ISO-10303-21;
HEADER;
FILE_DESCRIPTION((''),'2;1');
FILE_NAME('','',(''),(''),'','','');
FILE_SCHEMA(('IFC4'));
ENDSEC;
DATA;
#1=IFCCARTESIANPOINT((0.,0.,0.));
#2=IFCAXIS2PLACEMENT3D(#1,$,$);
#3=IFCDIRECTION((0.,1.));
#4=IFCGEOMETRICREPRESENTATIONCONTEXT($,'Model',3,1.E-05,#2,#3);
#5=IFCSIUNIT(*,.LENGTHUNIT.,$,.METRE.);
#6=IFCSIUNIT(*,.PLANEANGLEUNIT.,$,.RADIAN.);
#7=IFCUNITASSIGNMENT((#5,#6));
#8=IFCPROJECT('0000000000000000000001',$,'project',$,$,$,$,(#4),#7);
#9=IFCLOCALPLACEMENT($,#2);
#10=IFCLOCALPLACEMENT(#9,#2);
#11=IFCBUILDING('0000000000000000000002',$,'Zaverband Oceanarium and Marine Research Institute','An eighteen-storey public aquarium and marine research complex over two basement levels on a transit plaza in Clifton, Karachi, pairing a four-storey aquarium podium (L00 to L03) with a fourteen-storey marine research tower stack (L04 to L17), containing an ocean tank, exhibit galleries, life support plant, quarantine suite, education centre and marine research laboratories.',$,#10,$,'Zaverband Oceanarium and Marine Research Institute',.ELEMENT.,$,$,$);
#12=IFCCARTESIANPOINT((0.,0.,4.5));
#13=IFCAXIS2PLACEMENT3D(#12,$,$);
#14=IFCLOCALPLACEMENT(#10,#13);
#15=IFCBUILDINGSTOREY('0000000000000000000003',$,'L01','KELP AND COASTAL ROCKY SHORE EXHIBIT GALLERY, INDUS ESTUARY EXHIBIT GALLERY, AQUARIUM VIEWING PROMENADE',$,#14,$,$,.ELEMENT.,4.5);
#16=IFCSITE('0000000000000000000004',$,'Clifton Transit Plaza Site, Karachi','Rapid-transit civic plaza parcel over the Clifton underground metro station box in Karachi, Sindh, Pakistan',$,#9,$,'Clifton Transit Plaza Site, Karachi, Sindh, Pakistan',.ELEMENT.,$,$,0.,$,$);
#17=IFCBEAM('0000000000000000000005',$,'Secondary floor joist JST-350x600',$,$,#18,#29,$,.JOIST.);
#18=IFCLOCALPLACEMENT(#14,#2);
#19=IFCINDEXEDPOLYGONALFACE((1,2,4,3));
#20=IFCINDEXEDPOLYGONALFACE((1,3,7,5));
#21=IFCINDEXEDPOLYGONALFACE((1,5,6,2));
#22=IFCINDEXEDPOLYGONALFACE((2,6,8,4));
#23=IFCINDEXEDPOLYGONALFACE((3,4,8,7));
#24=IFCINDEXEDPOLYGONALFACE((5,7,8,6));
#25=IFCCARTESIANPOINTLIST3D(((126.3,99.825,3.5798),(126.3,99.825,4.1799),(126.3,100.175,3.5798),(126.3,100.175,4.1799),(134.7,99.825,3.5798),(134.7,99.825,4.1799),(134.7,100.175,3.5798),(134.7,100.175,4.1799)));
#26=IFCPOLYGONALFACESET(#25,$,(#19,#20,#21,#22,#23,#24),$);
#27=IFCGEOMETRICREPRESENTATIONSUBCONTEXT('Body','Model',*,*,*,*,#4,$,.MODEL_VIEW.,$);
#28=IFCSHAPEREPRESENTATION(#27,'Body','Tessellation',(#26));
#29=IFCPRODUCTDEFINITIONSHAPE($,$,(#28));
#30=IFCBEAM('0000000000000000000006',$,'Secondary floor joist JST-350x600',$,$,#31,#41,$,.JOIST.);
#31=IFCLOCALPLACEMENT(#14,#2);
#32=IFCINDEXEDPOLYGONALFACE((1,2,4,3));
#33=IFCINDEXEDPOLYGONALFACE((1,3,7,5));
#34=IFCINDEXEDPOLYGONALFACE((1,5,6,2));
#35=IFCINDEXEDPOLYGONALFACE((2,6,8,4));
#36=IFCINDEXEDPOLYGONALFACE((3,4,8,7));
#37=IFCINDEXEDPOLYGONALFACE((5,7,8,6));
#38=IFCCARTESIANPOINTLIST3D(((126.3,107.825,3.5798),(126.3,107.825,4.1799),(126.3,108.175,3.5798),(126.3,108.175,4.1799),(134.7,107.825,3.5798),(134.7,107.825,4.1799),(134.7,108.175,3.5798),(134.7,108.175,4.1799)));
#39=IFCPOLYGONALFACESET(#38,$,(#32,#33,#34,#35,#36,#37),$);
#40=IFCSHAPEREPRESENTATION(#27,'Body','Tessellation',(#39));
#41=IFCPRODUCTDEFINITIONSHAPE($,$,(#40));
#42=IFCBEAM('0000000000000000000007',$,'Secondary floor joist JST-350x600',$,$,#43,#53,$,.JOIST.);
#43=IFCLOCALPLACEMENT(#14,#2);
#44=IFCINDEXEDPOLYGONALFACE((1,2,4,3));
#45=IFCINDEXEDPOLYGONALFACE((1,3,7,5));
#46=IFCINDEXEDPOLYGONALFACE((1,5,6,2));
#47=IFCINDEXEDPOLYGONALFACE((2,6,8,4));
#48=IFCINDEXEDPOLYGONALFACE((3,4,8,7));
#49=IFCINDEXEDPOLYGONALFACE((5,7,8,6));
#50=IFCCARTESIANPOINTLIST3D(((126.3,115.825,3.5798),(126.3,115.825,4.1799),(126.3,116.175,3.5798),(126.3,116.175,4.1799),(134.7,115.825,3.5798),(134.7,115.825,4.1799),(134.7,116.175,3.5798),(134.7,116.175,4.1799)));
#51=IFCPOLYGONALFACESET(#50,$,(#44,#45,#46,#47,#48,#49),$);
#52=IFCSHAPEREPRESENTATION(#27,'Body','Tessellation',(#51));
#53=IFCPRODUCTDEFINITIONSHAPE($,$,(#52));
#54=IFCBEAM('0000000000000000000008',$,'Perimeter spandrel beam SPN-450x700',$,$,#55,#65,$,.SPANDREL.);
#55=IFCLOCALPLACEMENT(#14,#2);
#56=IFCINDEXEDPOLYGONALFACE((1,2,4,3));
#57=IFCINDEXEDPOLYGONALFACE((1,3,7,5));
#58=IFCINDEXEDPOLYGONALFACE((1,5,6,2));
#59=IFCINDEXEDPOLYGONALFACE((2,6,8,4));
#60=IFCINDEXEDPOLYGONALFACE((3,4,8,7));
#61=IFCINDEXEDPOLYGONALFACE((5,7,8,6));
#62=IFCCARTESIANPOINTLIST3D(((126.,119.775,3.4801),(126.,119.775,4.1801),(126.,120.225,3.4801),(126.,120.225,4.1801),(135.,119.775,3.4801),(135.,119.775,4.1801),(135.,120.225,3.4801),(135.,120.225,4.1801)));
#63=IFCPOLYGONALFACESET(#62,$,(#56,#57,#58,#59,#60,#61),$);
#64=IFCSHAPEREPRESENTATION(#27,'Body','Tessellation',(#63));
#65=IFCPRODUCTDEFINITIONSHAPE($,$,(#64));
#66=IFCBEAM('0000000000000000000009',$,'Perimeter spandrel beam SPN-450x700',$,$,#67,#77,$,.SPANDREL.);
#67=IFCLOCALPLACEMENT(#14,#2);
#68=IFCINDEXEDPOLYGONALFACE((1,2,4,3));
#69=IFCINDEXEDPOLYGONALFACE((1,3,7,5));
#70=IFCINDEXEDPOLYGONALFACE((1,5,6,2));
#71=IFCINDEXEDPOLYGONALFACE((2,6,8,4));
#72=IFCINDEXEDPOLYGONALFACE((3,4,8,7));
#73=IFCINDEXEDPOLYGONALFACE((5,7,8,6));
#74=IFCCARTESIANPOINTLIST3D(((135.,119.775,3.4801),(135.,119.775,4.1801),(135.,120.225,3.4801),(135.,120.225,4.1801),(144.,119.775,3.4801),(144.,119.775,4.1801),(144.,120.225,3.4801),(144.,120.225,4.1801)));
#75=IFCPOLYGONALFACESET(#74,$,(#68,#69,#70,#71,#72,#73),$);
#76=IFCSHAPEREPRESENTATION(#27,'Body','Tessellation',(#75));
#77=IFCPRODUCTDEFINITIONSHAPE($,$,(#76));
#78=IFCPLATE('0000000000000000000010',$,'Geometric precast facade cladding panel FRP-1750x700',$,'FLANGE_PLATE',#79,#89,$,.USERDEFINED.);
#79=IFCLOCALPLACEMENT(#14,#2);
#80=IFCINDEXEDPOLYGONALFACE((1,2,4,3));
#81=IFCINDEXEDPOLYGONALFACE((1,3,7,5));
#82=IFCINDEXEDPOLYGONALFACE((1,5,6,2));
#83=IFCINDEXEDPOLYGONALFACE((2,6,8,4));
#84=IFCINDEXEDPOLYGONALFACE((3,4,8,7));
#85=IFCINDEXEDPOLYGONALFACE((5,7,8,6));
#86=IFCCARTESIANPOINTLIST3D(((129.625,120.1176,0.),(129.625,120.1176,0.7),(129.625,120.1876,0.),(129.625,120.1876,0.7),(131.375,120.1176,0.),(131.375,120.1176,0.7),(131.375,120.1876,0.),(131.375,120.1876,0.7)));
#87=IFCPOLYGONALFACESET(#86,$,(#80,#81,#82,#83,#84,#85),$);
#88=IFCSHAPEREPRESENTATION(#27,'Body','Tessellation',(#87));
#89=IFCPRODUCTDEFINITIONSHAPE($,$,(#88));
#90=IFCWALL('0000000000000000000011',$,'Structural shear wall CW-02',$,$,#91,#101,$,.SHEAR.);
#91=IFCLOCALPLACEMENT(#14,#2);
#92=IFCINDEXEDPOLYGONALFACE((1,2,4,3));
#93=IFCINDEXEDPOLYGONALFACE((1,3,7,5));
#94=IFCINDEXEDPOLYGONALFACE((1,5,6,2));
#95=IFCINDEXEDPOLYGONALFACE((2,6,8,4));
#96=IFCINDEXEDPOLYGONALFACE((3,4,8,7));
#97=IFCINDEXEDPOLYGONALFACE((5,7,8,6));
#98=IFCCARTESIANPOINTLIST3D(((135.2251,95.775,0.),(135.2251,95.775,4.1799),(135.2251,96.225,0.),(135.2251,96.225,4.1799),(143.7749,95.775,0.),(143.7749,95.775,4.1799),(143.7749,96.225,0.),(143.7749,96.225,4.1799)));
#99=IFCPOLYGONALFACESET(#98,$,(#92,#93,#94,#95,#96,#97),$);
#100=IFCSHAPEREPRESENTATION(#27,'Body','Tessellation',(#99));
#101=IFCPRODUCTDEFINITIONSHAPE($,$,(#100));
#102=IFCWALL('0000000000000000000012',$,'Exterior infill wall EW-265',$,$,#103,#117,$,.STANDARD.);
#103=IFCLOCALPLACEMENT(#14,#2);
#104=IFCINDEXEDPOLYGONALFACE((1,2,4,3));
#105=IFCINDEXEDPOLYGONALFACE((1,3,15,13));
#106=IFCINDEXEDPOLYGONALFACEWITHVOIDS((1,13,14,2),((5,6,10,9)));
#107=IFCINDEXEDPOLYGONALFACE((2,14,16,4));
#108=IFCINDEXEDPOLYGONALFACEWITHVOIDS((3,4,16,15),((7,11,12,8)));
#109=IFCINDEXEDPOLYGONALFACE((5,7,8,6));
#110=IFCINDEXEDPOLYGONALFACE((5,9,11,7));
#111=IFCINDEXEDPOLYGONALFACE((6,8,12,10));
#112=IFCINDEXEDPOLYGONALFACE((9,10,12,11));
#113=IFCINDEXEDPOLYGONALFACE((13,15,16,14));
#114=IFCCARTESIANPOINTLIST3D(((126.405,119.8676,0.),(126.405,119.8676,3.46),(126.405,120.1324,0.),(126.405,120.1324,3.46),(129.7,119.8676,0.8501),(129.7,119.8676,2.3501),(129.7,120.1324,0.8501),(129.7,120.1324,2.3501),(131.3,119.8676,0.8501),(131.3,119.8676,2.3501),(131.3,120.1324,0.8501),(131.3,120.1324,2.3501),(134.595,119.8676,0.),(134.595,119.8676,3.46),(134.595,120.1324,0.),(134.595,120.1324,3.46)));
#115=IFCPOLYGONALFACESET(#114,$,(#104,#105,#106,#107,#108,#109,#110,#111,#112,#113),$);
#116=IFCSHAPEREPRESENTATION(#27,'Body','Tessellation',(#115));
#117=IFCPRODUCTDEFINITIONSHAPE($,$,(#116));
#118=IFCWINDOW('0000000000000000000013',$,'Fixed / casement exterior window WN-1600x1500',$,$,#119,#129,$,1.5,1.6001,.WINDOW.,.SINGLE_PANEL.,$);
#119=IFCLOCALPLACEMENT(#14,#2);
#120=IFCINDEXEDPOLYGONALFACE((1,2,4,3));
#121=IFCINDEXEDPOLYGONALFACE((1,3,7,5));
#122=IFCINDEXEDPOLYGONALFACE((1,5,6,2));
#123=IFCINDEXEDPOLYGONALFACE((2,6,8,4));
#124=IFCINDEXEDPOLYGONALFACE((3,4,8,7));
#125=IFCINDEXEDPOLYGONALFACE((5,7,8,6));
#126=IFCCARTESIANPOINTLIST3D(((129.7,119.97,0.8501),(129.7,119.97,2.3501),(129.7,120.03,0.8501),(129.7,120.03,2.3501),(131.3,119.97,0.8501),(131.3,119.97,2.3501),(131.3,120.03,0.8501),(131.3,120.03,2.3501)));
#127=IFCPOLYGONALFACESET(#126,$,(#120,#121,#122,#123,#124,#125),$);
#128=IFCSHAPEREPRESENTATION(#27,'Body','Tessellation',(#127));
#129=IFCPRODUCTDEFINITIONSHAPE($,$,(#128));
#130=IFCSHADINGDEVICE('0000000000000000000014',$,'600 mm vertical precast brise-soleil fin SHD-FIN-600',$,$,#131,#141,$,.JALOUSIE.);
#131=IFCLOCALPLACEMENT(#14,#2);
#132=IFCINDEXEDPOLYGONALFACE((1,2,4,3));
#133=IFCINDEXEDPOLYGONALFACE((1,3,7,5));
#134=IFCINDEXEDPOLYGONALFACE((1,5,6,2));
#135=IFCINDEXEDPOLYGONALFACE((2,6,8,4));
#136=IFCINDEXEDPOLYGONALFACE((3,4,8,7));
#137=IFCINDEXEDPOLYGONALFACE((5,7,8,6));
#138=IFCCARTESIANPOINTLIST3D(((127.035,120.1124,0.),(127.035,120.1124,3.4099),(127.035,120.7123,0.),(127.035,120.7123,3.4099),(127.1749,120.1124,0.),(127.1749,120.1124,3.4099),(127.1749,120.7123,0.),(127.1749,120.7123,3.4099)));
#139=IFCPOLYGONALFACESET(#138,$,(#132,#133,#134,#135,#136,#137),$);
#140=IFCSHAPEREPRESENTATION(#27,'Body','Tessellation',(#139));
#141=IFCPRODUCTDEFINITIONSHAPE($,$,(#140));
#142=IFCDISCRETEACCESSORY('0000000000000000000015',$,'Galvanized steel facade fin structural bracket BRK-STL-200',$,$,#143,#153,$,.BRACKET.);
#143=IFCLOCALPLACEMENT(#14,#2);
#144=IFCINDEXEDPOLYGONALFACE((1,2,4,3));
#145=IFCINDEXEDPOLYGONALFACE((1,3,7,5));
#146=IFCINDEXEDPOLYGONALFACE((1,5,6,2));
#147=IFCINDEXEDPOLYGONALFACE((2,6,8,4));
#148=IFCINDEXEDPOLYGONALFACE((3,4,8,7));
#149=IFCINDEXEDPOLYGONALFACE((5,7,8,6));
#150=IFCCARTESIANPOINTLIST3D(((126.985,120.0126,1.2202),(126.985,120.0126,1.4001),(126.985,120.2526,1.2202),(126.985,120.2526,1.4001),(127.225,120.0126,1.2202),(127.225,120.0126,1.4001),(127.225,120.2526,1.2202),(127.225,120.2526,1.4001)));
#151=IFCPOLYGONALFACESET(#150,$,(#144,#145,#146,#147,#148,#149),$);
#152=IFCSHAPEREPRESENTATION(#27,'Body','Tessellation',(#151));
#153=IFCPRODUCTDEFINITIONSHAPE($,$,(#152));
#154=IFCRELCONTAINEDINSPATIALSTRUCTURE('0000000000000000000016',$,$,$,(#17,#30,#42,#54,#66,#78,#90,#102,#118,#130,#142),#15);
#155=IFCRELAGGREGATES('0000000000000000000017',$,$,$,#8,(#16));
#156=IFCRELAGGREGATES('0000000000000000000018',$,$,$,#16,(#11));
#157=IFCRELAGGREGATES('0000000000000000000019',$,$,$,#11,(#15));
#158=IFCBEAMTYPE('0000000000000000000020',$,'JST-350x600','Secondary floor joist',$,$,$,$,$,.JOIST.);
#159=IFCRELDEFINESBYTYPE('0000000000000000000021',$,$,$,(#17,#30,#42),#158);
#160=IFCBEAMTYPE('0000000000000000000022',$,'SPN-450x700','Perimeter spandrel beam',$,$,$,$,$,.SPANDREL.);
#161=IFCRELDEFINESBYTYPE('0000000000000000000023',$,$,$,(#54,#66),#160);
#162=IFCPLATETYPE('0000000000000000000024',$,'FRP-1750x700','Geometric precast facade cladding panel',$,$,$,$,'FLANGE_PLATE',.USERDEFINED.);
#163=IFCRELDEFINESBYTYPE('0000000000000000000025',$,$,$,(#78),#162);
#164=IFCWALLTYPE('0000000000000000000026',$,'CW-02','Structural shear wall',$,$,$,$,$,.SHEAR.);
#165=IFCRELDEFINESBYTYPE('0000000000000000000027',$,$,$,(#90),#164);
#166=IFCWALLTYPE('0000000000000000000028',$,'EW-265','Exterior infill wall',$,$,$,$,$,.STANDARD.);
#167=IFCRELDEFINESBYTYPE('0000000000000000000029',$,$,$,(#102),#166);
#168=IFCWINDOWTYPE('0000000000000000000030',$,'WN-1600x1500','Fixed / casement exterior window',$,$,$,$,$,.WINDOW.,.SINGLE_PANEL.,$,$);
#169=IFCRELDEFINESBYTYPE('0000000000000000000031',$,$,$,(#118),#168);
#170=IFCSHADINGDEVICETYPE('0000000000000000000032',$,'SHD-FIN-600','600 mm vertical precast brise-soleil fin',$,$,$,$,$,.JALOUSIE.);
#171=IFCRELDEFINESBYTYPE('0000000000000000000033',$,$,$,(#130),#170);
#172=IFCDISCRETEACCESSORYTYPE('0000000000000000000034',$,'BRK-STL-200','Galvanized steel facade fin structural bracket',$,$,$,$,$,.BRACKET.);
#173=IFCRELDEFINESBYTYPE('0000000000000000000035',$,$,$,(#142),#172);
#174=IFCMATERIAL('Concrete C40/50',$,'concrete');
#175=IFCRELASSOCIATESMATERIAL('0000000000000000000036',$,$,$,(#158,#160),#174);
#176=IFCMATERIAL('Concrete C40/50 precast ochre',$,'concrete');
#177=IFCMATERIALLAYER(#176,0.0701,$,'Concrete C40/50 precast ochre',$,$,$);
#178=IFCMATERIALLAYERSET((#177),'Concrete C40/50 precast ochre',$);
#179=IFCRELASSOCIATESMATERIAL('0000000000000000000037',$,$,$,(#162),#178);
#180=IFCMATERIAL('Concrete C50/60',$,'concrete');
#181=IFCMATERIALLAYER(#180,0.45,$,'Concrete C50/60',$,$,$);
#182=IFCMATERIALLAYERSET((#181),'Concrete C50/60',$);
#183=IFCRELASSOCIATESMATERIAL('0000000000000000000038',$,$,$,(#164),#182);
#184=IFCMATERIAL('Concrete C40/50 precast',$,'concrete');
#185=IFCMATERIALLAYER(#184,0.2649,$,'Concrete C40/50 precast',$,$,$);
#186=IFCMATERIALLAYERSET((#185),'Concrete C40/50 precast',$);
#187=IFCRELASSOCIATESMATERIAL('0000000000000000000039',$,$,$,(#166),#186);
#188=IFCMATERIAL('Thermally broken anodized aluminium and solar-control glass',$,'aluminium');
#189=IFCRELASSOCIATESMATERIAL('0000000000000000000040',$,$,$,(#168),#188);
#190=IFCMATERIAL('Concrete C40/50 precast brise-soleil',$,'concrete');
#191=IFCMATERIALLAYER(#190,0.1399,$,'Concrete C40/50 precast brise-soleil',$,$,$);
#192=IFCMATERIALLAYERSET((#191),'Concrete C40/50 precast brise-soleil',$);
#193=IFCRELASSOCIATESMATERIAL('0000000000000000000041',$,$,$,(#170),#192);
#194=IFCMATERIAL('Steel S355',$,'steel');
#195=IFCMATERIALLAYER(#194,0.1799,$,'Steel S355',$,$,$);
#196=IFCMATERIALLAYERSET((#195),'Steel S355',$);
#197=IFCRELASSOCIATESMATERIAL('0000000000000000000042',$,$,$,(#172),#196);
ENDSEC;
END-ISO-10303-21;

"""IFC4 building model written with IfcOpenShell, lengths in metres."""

from ifc_helpers import new_model, si_unit, direction, frame, frame_2d, origin, origin_2d, place, context, subcontext, project, spatial, rectangle, extrude, material, layer, layer_set, material_profile, profile_set, type_object, element, fill, save


model = new_model("IFC4")

# Units and contexts
model_context = context("Model", 3, precision=1e-05, world=origin(), true_north=direction((0.0, 1.0)))
body_context = subcontext(model_context, "Body", "Model", "MODEL_VIEW")
ifc_project = project(units=[si_unit("LENGTHUNIT", "METRE"), si_unit("PLANEANGLEUNIT", "RADIAN")], contexts=[model_context])

# Site, building, storey
site_placement = place(None, origin())
site = spatial("IfcSite", under=ifc_project, at=site_placement, Name="Clifton Transit Plaza Site, Karachi", Description="Rapid-transit civic plaza parcel over the Clifton underground metro station box in Karachi, Sindh, Pakistan", LongName="Clifton Transit Plaza Site, Karachi, Sindh, Pakistan", CompositionType="ELEMENT", RefElevation=0.0)
building_placement = place(site_placement, origin())
building = spatial("IfcBuilding", under=site, at=building_placement, Name="Zaverband Oceanarium and Marine Research Institute", Description="An eighteen-storey public aquarium and marine research complex over two basement levels on a transit plaza in Clifton, Karachi, pairing a four-storey aquarium podium (L00 to L03) with a fourteen-storey marine research tower stack (L04 to L17), containing an ocean tank, exhibit galleries, life support plant, quarantine suite, education centre and marine research laboratories.", LongName="Zaverband Oceanarium and Marine Research Institute", CompositionType="ELEMENT")
storey_placement = place(building_placement, frame((0.0, 0.0, 4.5)))
storey = spatial("IfcBuildingStorey", under=building, at=storey_placement, Name="L01", Description="KELP AND COASTAL ROCKY SHORE EXHIBIT GALLERY, INDUS ESTUARY EXHIBIT GALLERY, AQUARIUM VIEWING PROMENADE", CompositionType="ELEMENT", Elevation=4.5)

# Shared definitions
ifc_material_1 = material(Name="Concrete C50/60", Category="concrete")

# Beams
ifc_material_2 = material(Name="Concrete C40/50", Category="concrete")
ifc_material_profile_1 = material_profile(ifc_material_2, rectangle(XDim=0.3501, YDim=0.6001, at=origin_2d()), Name="RC350x600")
ifc_profile_set_1 = profile_set([ifc_material_profile_1], Name="Concrete C40/50")
beam_type_1 = type_object("IfcBeamType", Name="JST-350x600", Description="Secondary floor joist", PredefinedType="JOIST", material=ifc_profile_set_1)
for number, where, z_axis, x_axis, name in (
    (1, (126.3, 100.0, 3.8799), (1.0, 0.0, 0.0), (0.0, 1.0, 0.0), "Secondary floor joist JST-350x600"),
    (2, (126.3, 108.0, 3.8799), (1.0, 0.0, 0.0), (0.0, 1.0, 0.0), "Secondary floor joist JST-350x600"),
    (3, (126.3, 116.0, 3.8799), (1.0, 0.0, 0.0), (0.0, 1.0, 0.0), "Secondary floor joist JST-350x600"),
):
    element("IfcBeam", number, at=place(storey_placement, frame(where, z_axis=z_axis, x_axis=x_axis)), inside=storey, type_object=beam_type_1, Name=name, PredefinedType="JOIST", context=body_context, shape_type="SweptSolid", body=[
        extrude(rectangle(XDim=0.3501, YDim=0.6001, at=origin_2d()), origin(), (0.0, 0.0, 1.0), 8.3999),
    ])
ifc_material_profile_2 = material_profile(ifc_material_2, rectangle(XDim=0.45, YDim=0.7, at=origin_2d()), Name="RC450x700")
ifc_profile_set_2 = profile_set([ifc_material_profile_2], Name="Concrete C40/50")
beam_type_2 = type_object("IfcBeamType", Name="SPN-450x700", Description="Perimeter spandrel beam", PredefinedType="SPANDREL", material=ifc_profile_set_2)
for number, where, z_axis, x_axis, name in (
    (4, (126.0, 120.0, 3.8301), (1.0, 0.0, 0.0), (0.0, 1.0, 0.0), "Perimeter spandrel beam SPN-450x700"),
    (5, (135.0, 120.0, 3.8301), (1.0, 0.0, 0.0), (0.0, 1.0, 0.0), "Perimeter spandrel beam SPN-450x700"),
):
    element("IfcBeam", number, at=place(storey_placement, frame(where, z_axis=z_axis, x_axis=x_axis)), inside=storey, type_object=beam_type_2, Name=name, PredefinedType="SPANDREL", context=body_context, shape_type="SweptSolid", body=[
        extrude(rectangle(XDim=0.45, YDim=0.7, at=origin_2d()), origin(), (0.0, 0.0, 1.0), 9.0),
    ])

# Plate
ifc_material_3 = material(Name="Concrete C40/50 precast ochre", Category="concrete")
ifc_layer_1 = layer(ifc_material_3, 0.0701, Name="Concrete C40/50 precast ochre")
ifc_layer_set_1 = layer_set([ifc_layer_1], Name="Concrete C40/50 precast ochre")
plate_type = type_object("IfcPlateType", Name="FRP-1750x700", Description="Geometric precast facade cladding panel", ElementType="FLANGE_PLATE", PredefinedType="USERDEFINED", material=ifc_layer_set_1)
plate_placement = place(storey_placement, frame((129.625, 120.1526, 0.0), z_axis=(0.0, 0.0, 1.0), x_axis=(1.0, 0.0, 0.0)))
element("IfcPlate", 6, at=plate_placement, inside=storey, type_object=plate_type, Name="Geometric precast facade cladding panel FRP-1750x700", ObjectType="FLANGE_PLATE", PredefinedType="USERDEFINED", context=body_context, shape_type="SweptSolid", body=[
    extrude(rectangle(XDim=1.75, YDim=0.0701, at=frame_2d((0.875, 0.0))), origin(), (0.0, 0.0, 1.0), 0.7),
])

# Wall
ifc_layer_2 = layer(ifc_material_1, 0.45, Name="Concrete C50/60")
ifc_layer_set_2 = layer_set([ifc_layer_2], Name="Concrete C50/60")
wall_type_1 = type_object("IfcWallType", Name="CW-02", Description="Structural shear wall", PredefinedType="SHEAR", material=ifc_layer_set_2)
wall_1_placement = place(storey_placement, frame((135.2251, 96.0, 0.0), z_axis=(0.0, 0.0, 1.0), x_axis=(1.0, 0.0, 0.0)))
element("IfcWall", 7, at=wall_1_placement, inside=storey, type_object=wall_type_1, Name="Structural shear wall CW-02", PredefinedType="SHEAR", context=body_context, shape_type="SweptSolid", body=[
    extrude(rectangle(XDim=8.5498, YDim=0.45, at=frame_2d((4.2749, 0.0))), origin(), (0.0, 0.0, 1.0), 4.1799),
])

# Wall, opening, window
ifc_material_4 = material(Name="Concrete C40/50 precast", Category="concrete")
ifc_layer_3 = layer(ifc_material_4, 0.2649, Name="Concrete C40/50 precast")
ifc_layer_set_3 = layer_set([ifc_layer_3], Name="Concrete C40/50 precast")
wall_type_2 = type_object("IfcWallType", Name="EW-265", Description="Exterior infill wall", PredefinedType="STANDARD", material=ifc_layer_set_3)
wall_2_placement = place(storey_placement, frame((126.405, 120.0, 0.0), z_axis=(0.0, 0.0, 1.0), x_axis=(1.0, 0.0, 0.0)))
wall_2 = element("IfcWall", 8, at=wall_2_placement, inside=storey, type_object=wall_type_2, Name="Exterior infill wall EW-265", PredefinedType="STANDARD", context=body_context, shape_type="SweptSolid", body=[
    extrude(rectangle(XDim=8.1899, YDim=0.2649, at=frame_2d((4.095, 0.0))), origin(), (0.0, 0.0, 1.0), 3.46),
])
opening_placement = place(wall_2_placement, frame((3.2949, 0.0, 0.8501)))
opening = element("IfcOpeningElement", 9, at=opening_placement, cuts=wall_2, PredefinedType="OPENING", context=body_context, shape_type="SweptSolid", body=[
    extrude(rectangle(XDim=1.6001, YDim=1.5, at=frame_2d((0.8, 0.75))), frame((0.0, 0.1445, 0.0), z_axis=(0.0, -1.0, 0.0), x_axis=(1.0, 0.0, 0.0)), (0.0, 0.0, 1.0), 0.2888),
])
ifc_material_5 = material(Name="Thermally broken anodized aluminium and solar-control glass", Category="aluminium")
window_type = type_object("IfcWindowType", Name="WN-1600x1500", Description="Fixed / casement exterior window", PartitioningType="SINGLE_PANEL", PredefinedType="WINDOW", material=ifc_material_5)
window_placement = place(opening_placement, origin())
window = element("IfcWindow", 10, at=window_placement, inside=storey, type_object=window_type, Name="Fixed / casement exterior window WN-1600x1500", OverallHeight=1.5, OverallWidth=1.6001, PartitioningType="SINGLE_PANEL", PredefinedType="WINDOW", context=body_context, shape_type="SweptSolid", body=[
    extrude(rectangle(XDim=1.6001, YDim=1.5, at=frame_2d((0.8, 0.75))), frame((0.0, 0.03, 0.0), z_axis=(0.0, -1.0, 0.0), x_axis=(1.0, 0.0, 0.0)), (0.0, 0.0, 1.0), 0.0601),
])
fill(opening, window)

# Shading device
ifc_material_6 = material(Name="Concrete C40/50 precast brise-soleil", Category="concrete")
ifc_layer_4 = layer(ifc_material_6, 0.1399, Name="Concrete C40/50 precast brise-soleil")
ifc_layer_set_4 = layer_set([ifc_layer_4], Name="Concrete C40/50 precast brise-soleil")
shading_device_type = type_object("IfcShadingDeviceType", Name="SHD-FIN-600", Description="600 mm vertical precast brise-soleil fin", PredefinedType="JALOUSIE", material=ifc_layer_set_4)
shading_device_placement = place(storey_placement, frame((127.105, 120.1125, 0.0), z_axis=(0.0, 0.0, 1.0), x_axis=(0.0, 1.0, 0.0)))
element("IfcShadingDevice", 11, at=shading_device_placement, inside=storey, type_object=shading_device_type, Name="600 mm vertical precast brise-soleil fin SHD-FIN-600", PredefinedType="JALOUSIE", context=body_context, shape_type="SweptSolid", body=[
    extrude(rectangle(XDim=0.5999, YDim=0.1399, at=frame_2d((0.2998, 0.0))), origin(), (0.0, 0.0, 1.0), 3.4099),
])

# Discrete accessory
ifc_material_7 = material(Name="Steel S355", Category="steel")
ifc_layer_5 = layer(ifc_material_7, 0.1799, Name="Steel S355")
ifc_layer_set_5 = layer_set([ifc_layer_5], Name="Steel S355")
discrete_accessory_type = type_object("IfcDiscreteAccessoryType", Name="BRK-STL-200", Description="Galvanized steel facade fin structural bracket", PredefinedType="BRACKET", material=ifc_layer_set_5)
discrete_accessory_placement = place(storey_placement, frame((127.105, 120.1326, 1.2202), z_axis=(0.0, 0.0, 1.0), x_axis=(1.0, 0.0, 0.0)))
element("IfcDiscreteAccessory", 12, at=discrete_accessory_placement, inside=storey, type_object=discrete_accessory_type, Name="Galvanized steel facade fin structural bracket BRK-STL-200", PredefinedType="BRACKET", context=body_context, shape_type="SweptSolid", body=[
    extrude(rectangle(XDim=0.24, YDim=0.24, at=origin_2d()), origin(), (0.0, 0.0, 1.0), 0.1799),
])

save(model, "model.ifc")
